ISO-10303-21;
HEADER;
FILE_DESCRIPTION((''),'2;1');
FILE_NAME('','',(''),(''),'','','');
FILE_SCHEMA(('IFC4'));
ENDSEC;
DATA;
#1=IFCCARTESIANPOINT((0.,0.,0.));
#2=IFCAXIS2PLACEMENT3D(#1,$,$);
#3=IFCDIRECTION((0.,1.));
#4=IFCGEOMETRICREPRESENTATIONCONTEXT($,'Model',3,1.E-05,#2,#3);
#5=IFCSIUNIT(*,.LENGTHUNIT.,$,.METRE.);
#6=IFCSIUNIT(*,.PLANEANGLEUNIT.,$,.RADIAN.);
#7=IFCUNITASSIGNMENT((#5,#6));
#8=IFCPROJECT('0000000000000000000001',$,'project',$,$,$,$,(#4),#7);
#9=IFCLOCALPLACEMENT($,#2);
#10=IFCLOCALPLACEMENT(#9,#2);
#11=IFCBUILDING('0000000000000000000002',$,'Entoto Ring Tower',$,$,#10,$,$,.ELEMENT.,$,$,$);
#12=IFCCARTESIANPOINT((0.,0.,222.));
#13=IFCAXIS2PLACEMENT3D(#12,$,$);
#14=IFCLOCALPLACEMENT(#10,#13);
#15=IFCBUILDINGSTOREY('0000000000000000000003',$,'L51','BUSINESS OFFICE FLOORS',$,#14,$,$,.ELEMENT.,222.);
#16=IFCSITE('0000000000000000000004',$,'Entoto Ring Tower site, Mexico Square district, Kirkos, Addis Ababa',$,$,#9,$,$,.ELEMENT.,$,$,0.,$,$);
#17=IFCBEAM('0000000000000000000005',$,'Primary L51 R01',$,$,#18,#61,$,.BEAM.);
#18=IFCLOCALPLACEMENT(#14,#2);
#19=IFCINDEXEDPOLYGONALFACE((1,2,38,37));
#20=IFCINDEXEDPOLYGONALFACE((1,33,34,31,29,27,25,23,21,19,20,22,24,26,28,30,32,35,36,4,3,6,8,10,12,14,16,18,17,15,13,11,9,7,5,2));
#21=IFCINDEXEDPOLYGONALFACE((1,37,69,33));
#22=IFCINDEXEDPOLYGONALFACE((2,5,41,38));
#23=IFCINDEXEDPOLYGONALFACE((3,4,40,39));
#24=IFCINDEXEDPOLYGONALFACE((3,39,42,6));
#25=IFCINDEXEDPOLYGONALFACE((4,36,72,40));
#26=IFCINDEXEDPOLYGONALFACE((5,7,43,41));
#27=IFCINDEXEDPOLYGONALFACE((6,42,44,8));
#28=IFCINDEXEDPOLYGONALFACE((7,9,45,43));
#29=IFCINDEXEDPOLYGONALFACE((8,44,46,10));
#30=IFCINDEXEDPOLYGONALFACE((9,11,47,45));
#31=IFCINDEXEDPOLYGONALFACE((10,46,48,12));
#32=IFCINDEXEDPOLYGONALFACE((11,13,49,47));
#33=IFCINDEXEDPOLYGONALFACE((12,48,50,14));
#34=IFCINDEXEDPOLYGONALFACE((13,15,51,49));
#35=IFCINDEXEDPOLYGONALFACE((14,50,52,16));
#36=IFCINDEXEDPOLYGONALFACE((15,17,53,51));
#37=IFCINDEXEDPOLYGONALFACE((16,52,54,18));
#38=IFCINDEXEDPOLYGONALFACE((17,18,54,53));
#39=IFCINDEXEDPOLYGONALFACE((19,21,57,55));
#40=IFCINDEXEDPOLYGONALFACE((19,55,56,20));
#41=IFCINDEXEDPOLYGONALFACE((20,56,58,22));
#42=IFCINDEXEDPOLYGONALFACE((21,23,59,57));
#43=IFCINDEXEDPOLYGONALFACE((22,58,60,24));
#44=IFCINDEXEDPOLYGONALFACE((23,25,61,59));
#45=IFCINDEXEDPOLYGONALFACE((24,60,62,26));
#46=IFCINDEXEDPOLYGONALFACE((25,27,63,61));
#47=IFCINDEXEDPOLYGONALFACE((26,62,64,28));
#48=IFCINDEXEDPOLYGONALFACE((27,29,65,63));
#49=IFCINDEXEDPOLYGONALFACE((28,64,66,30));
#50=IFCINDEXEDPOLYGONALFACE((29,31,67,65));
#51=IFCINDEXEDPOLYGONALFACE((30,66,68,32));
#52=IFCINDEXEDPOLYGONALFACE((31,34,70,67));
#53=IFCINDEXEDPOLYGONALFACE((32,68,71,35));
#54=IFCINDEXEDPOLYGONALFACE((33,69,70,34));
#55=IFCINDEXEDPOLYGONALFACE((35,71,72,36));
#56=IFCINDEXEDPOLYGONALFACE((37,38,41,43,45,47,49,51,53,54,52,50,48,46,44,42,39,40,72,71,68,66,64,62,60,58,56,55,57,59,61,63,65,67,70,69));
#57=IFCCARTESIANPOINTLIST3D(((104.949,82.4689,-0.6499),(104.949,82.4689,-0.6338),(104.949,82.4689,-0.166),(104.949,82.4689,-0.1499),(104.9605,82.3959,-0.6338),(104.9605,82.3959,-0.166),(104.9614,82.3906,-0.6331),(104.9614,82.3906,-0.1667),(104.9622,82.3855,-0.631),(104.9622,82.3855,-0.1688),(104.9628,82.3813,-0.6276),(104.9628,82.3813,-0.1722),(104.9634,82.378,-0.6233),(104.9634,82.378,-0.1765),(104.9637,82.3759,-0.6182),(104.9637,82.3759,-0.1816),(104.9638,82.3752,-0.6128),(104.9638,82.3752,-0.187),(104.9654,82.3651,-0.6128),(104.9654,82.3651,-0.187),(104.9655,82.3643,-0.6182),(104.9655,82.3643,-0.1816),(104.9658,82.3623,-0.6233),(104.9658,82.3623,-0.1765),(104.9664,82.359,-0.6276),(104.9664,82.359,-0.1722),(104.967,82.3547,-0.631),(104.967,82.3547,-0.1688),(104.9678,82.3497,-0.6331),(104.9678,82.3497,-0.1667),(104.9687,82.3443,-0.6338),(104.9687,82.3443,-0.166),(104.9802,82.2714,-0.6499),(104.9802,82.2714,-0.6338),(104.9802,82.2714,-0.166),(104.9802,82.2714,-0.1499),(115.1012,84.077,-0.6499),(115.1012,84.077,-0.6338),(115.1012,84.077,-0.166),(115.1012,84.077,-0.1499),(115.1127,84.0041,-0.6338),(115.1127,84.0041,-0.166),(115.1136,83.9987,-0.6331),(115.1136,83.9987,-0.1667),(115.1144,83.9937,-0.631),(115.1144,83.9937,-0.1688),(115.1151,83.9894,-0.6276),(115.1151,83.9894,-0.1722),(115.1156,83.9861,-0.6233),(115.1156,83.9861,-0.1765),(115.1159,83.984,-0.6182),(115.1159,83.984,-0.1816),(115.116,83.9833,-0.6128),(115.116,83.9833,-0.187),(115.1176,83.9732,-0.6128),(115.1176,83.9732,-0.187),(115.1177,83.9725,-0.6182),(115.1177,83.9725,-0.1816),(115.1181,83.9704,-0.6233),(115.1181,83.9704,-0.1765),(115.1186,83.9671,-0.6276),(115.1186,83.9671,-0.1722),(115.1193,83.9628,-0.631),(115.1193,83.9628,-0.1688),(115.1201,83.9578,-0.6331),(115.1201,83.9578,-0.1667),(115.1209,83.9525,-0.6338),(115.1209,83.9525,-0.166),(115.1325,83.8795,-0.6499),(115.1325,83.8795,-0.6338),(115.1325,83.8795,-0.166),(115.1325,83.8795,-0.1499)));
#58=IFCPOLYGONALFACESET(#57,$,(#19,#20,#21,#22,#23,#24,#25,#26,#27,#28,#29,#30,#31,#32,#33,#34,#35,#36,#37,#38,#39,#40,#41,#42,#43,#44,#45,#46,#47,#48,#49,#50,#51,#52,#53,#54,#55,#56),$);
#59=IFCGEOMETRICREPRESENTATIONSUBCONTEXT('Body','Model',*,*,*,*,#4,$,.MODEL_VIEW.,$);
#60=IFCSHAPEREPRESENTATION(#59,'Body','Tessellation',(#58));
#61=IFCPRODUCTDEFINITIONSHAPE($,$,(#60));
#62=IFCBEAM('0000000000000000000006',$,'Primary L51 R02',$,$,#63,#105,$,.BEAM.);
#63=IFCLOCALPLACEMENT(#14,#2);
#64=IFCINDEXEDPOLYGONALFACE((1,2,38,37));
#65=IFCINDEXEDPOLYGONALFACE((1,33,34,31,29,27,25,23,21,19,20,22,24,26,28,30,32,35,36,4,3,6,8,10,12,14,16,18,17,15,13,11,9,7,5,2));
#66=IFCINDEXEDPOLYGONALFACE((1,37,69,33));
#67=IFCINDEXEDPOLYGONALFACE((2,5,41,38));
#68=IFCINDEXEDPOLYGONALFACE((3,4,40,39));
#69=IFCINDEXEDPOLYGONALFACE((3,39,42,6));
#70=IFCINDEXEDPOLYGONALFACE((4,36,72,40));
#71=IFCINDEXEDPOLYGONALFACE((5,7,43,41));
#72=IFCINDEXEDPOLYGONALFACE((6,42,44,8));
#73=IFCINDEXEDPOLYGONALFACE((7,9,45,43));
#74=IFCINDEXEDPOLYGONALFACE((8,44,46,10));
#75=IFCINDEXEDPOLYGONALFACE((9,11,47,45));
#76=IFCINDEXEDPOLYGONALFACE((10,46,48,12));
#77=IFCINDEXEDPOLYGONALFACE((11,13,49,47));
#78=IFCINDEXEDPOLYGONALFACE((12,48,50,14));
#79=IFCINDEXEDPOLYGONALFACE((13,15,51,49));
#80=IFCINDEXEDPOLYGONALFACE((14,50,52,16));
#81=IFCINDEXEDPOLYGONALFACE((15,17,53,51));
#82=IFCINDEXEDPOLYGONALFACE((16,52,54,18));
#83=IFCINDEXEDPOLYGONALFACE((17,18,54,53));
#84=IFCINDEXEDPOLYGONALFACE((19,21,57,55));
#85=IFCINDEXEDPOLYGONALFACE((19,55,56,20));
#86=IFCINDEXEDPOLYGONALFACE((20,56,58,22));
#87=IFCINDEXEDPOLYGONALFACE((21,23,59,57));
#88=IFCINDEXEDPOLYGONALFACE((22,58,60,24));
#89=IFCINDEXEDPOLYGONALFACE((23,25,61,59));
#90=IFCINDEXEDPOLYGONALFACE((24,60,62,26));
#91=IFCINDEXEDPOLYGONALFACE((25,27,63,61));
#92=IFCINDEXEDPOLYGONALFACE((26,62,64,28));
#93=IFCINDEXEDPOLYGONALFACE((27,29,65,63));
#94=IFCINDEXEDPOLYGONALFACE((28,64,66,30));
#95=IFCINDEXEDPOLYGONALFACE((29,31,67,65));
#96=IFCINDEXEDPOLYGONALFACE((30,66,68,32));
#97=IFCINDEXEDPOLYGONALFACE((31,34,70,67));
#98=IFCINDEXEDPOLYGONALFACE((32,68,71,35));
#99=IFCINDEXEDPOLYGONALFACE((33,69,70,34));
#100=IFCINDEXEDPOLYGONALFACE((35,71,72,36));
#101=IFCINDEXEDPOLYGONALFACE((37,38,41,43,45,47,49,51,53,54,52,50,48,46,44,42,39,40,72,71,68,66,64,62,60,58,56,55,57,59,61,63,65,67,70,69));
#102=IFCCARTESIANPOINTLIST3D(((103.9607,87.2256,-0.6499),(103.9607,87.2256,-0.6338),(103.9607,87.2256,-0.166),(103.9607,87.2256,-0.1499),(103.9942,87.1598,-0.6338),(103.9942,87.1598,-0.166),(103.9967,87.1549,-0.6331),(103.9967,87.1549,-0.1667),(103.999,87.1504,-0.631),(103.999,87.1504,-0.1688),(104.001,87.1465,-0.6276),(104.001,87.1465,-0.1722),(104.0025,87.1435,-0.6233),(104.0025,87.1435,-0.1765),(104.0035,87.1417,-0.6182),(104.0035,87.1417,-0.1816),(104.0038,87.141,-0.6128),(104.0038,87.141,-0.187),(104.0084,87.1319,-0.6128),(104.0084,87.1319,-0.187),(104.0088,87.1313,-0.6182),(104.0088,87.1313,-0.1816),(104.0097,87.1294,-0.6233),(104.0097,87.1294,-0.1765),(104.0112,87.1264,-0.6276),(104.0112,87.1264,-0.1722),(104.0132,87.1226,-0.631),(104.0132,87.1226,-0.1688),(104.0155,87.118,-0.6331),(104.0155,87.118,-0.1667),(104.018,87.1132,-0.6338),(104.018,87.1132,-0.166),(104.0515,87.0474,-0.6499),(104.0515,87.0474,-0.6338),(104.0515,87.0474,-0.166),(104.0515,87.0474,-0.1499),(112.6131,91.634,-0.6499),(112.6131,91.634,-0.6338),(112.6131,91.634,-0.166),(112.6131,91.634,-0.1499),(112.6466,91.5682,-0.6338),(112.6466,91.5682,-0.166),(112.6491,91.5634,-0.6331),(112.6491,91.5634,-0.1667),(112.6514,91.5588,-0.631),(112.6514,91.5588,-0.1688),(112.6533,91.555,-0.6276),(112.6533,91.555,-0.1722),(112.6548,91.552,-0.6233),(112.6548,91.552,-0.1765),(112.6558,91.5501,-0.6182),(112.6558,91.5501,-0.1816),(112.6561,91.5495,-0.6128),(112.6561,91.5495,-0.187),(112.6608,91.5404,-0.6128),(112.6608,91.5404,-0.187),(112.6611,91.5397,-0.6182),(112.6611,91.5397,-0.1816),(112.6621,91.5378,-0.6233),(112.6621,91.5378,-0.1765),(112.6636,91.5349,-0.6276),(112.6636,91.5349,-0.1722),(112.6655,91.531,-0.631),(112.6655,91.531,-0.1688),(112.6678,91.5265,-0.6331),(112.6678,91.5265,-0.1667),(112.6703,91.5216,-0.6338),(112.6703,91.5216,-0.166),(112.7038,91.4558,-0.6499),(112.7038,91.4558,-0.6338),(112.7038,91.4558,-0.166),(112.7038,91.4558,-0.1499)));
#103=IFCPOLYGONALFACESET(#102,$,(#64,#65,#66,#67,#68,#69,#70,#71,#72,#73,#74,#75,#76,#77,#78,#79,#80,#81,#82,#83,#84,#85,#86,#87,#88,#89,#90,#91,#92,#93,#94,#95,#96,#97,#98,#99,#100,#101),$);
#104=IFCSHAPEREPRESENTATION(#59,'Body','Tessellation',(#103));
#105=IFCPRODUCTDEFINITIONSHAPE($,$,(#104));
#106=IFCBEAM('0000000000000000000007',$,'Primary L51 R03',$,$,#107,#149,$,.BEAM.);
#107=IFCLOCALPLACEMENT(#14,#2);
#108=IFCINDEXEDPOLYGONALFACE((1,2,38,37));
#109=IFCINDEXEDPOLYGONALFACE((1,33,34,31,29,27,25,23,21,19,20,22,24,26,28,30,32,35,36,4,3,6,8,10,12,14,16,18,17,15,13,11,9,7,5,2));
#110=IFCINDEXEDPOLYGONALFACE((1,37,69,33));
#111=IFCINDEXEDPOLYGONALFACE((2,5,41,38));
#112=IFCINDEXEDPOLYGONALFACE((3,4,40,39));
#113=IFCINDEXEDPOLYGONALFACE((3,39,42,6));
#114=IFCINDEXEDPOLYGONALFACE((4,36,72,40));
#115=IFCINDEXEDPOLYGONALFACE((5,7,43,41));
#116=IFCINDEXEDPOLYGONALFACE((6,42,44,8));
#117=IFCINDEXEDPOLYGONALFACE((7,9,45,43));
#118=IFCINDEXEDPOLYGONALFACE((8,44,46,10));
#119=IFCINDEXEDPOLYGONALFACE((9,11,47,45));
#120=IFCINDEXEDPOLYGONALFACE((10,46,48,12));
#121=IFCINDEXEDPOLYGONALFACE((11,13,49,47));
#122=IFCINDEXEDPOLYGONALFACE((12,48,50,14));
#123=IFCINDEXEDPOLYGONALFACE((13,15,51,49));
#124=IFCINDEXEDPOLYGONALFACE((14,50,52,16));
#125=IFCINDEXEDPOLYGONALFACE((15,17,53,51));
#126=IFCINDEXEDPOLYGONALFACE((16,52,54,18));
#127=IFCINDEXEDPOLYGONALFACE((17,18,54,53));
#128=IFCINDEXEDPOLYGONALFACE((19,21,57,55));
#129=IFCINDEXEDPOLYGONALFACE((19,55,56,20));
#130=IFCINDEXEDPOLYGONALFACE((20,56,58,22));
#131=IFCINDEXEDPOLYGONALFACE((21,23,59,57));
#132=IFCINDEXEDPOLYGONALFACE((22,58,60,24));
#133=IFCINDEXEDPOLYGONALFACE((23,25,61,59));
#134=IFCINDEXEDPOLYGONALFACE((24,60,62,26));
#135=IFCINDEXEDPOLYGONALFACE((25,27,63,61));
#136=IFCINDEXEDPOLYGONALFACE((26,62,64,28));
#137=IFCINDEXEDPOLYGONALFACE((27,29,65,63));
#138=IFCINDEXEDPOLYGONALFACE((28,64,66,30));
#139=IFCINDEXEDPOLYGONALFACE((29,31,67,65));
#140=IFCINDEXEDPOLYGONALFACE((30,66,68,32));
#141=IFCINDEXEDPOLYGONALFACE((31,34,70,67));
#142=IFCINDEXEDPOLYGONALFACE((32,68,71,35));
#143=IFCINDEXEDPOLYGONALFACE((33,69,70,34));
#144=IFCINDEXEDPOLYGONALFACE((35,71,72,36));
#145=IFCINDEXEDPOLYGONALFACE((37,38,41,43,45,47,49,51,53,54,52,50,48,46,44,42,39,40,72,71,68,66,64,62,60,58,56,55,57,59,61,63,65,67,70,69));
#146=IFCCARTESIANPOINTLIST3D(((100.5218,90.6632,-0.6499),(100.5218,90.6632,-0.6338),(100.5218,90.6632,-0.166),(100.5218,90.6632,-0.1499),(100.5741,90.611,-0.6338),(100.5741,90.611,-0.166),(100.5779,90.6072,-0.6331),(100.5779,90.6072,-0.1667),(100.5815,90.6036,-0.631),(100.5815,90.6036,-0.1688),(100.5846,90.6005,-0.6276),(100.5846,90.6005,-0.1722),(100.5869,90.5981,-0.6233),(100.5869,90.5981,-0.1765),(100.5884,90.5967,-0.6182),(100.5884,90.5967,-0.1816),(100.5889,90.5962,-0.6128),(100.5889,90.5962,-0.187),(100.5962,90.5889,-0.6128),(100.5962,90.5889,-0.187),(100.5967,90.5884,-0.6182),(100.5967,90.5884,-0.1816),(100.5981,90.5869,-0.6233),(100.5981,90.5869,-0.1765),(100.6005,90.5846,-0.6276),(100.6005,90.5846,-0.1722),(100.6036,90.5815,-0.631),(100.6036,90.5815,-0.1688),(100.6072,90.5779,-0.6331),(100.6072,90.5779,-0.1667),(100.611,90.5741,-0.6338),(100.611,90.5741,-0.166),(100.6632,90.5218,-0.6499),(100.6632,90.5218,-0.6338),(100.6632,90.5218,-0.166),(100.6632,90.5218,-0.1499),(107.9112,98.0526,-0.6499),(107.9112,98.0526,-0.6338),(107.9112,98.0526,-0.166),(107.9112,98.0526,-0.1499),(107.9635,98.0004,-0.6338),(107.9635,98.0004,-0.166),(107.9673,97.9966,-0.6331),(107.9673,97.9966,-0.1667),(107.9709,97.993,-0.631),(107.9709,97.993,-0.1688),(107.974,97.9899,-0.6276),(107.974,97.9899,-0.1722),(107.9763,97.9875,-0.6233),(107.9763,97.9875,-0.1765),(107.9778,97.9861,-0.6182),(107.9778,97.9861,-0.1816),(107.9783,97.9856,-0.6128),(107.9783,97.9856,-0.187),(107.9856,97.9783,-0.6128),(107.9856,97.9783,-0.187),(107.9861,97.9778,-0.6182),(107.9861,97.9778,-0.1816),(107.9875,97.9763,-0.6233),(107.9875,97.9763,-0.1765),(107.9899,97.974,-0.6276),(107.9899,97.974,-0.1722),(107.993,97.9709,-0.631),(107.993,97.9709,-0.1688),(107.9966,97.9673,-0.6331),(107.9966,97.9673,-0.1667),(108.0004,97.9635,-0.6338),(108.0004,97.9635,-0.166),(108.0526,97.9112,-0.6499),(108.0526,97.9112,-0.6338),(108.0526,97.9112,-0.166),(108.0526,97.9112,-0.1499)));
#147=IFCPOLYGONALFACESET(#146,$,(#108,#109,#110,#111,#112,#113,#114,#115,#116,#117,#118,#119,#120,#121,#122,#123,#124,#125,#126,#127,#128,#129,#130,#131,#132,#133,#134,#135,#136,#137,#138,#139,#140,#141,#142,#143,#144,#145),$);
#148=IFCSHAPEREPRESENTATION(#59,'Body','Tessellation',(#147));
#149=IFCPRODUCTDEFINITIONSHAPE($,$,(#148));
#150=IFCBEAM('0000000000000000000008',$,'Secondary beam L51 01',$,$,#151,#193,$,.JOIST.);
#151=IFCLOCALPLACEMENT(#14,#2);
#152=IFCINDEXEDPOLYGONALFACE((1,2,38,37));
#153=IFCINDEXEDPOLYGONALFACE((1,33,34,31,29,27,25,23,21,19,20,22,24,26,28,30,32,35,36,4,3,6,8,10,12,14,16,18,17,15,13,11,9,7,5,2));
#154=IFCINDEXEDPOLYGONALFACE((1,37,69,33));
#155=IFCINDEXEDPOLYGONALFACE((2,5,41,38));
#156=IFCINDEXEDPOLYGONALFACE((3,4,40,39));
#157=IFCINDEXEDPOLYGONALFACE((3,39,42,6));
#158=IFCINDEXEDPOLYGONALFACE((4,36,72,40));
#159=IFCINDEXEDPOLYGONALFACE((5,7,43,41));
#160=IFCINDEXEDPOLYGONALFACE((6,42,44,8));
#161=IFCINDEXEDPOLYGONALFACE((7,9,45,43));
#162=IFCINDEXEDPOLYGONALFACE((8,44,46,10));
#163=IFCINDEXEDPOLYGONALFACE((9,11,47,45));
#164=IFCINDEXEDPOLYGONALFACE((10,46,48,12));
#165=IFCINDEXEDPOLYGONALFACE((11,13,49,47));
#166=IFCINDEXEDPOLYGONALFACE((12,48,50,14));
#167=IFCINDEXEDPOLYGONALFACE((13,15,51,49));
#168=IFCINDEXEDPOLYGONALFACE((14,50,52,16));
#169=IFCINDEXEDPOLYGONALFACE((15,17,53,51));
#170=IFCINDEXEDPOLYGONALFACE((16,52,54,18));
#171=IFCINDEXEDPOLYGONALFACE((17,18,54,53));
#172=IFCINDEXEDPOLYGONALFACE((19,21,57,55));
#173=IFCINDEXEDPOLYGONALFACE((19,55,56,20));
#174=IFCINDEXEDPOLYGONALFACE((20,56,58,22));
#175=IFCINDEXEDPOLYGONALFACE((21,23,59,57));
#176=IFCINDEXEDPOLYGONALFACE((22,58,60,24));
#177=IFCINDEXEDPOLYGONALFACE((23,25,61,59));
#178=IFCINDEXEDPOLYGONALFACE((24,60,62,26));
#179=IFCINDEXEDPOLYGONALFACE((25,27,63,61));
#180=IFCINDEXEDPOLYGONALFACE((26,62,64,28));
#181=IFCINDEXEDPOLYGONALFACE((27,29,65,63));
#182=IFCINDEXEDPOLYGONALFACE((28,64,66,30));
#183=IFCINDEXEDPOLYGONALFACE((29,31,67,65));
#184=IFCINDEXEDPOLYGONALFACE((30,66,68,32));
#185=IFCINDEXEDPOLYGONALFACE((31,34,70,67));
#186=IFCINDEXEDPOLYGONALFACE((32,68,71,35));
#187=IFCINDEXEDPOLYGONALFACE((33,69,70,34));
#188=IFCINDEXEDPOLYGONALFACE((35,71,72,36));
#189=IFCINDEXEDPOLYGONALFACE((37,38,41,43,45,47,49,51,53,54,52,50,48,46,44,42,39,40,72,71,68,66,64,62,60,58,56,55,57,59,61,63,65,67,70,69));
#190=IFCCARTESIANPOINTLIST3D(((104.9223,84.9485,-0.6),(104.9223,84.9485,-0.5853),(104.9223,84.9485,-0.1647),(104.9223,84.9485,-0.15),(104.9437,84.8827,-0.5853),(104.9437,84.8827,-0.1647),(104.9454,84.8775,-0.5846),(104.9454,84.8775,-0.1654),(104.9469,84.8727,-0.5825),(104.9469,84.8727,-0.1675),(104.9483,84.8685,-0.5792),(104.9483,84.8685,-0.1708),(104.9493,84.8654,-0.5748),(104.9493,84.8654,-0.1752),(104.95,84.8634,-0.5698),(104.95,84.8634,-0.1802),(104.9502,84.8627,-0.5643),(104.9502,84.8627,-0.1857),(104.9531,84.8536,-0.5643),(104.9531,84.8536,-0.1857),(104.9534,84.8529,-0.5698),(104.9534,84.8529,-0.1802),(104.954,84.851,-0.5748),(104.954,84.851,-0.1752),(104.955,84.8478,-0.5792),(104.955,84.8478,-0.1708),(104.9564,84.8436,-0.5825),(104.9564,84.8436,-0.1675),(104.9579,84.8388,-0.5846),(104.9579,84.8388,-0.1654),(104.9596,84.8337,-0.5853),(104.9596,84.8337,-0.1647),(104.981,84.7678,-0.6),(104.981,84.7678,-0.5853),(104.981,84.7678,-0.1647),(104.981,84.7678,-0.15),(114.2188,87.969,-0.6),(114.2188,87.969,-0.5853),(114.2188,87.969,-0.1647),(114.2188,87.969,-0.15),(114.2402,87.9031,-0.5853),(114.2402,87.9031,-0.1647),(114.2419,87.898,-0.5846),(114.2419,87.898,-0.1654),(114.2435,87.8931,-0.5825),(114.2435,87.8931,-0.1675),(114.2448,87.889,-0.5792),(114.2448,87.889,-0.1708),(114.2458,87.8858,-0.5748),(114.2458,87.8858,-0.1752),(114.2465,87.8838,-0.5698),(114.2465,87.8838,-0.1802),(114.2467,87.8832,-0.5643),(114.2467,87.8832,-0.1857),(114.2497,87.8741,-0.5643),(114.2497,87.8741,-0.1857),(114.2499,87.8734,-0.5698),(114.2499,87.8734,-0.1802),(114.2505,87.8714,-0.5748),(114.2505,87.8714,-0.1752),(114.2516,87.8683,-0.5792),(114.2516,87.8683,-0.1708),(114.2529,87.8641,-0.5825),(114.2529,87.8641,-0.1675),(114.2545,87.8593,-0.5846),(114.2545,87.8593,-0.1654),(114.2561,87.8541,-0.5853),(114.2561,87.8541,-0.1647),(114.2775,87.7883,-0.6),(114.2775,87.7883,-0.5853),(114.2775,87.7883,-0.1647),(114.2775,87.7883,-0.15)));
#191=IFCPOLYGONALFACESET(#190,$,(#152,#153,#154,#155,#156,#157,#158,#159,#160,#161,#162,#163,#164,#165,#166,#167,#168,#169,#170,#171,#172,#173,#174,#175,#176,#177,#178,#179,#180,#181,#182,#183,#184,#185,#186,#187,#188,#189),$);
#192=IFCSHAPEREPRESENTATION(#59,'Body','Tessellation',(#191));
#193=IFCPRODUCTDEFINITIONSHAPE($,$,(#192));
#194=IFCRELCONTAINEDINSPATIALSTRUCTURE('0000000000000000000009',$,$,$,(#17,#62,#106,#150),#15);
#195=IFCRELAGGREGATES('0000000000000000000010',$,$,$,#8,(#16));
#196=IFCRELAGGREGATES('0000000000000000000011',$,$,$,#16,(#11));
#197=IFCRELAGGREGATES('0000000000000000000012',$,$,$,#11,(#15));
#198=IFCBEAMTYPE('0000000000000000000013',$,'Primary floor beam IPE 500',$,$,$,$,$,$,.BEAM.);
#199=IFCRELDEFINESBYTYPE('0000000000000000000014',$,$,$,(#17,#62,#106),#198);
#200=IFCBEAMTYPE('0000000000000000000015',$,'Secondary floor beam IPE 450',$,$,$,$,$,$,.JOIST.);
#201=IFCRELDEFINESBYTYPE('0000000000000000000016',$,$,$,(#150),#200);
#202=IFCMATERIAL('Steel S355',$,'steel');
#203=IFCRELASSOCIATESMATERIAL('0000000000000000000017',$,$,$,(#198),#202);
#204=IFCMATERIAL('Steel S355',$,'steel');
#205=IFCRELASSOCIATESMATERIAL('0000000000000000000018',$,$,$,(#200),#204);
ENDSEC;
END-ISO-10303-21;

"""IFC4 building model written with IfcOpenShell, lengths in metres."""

from ifc_helpers import new_model, si_unit, direction, frame, origin, origin_2d, place, context, subcontext, project, spatial, i_section, extrude, material, material_profile, profile_set, type_object, element, save


model = new_model("IFC4")

# Units and contexts
model_context = context("Model", 3, precision=1e-05, world=origin(), true_north=direction((0.0, 1.0)))
body_context = subcontext(model_context, "Body", "Model", "MODEL_VIEW")
ifc_project = project(units=[si_unit("LENGTHUNIT", "METRE"), si_unit("PLANEANGLEUNIT", "RADIAN")], contexts=[model_context])

# Site, building, storey
site_placement = place(None, origin())
site = spatial("IfcSite", under=ifc_project, at=site_placement, Name="Entoto Ring Tower site, Mexico Square district, Kirkos, Addis Ababa", CompositionType="ELEMENT", RefElevation=0.0)
building_placement = place(site_placement, origin())
building = spatial("IfcBuilding", under=site, at=building_placement, Name="Entoto Ring Tower", CompositionType="ELEMENT")
storey_placement = place(building_placement, frame((0.0, 0.0, 222.0)))
storey = spatial("IfcBuildingStorey", under=building, at=storey_placement, Name="L51", Description="BUSINESS OFFICE FLOORS", CompositionType="ELEMENT", Elevation=222.0)

# Beams
ifc_material_1 = material(Name="Steel S355", Category="steel")
ifc_material_profile_1 = material_profile(ifc_material_1, i_section(OverallWidth=0.2, OverallDepth=0.5, WebThickness=0.0103, FlangeThickness=0.0161, FilletRadius=0.021, at=origin_2d()), Name="IPE 500")
ifc_profile_set_1 = profile_set([ifc_material_profile_1], Name="Steel S355")
beam_type_1 = type_object("IfcBeamType", Name="Primary floor beam IPE 500", PredefinedType="BEAM", material=ifc_profile_set_1)
beam_1_placement = place(storey_placement, frame((104.9646, 82.3701, -0.3999), z_axis=(0.987686, 0.156452, 0.0), x_axis=(-0.156452, 0.987686, 0.0)))
element("IfcBeam", 1, at=beam_1_placement, inside=storey, type_object=beam_type_1, Name="Primary L51 R01", PredefinedType="BEAM", context=body_context, shape_type="SweptSolid", body=[
    extrude(i_section(OverallWidth=0.2, OverallDepth=0.5, WebThickness=0.0103, FlangeThickness=0.0161, FilletRadius=0.021, at=origin_2d()), origin(), (0.0, 0.0, 1.0), 10.2788),
])
beam_2_placement = place(storey_placement, frame((104.0061, 87.1365, -0.3999), z_axis=(0.891012, 0.453979, 0.0), x_axis=(-0.453979, 0.891012, 0.0)))
element("IfcBeam", 2, at=beam_2_placement, inside=storey, type_object=beam_type_1, Name="Primary L51 R02", PredefinedType="BEAM", context=body_context, shape_type="SweptSolid", body=[
    extrude(i_section(OverallWidth=0.2, OverallDepth=0.5, WebThickness=0.0103, FlangeThickness=0.0161, FilletRadius=0.021, at=origin_2d()), origin(), (0.0, 0.0, 1.0), 9.7107),
])
beam_3_placement = place(storey_placement, frame((100.5925, 90.5925, -0.3999), z_axis=(0.707107, 0.707107, 0.0), x_axis=(-0.707107, 0.707107, 0.0)))
element("IfcBeam", 3, at=beam_3_placement, inside=storey, type_object=beam_type_1, Name="Primary L51 R03", PredefinedType="BEAM", context=body_context, shape_type="SweptSolid", body=[
    extrude(i_section(OverallWidth=0.2, OverallDepth=0.5, WebThickness=0.0103, FlangeThickness=0.0161, FilletRadius=0.021, at=origin_2d()), origin(), (0.0, 0.0, 1.0), 10.4502),
])
ifc_material_2 = material(Name="Steel S355", Category="steel")
ifc_material_profile_2 = material_profile(ifc_material_2, i_section(OverallWidth=0.1899, OverallDepth=0.45, WebThickness=0.0095, FlangeThickness=0.0146, FilletRadius=0.021, at=origin_2d()), Name="IPE 450")
ifc_profile_set_2 = profile_set([ifc_material_profile_2], Name="Steel S355")
beam_type_2 = type_object("IfcBeamType", Name="Secondary floor beam IPE 450", PredefinedType="JOIST", material=ifc_profile_set_2)
beam_4_placement = place(storey_placement, frame((104.9517, 84.8582, -0.375), z_axis=(0.951061, 0.309003, 0.0), x_axis=(-0.309003, 0.951061, 0.0)))
element("IfcBeam", 4, at=beam_4_placement, inside=storey, type_object=beam_type_2, Name="Secondary beam L51 01", PredefinedType="JOIST", context=body_context, shape_type="SweptSolid", body=[
    extrude(i_section(OverallWidth=0.1899, OverallDepth=0.45, WebThickness=0.0095, FlangeThickness=0.0146, FilletRadius=0.021, at=origin_2d()), origin(), (0.0, 0.0, 1.0), 9.7749),
])

save(model, "model.ifc")
